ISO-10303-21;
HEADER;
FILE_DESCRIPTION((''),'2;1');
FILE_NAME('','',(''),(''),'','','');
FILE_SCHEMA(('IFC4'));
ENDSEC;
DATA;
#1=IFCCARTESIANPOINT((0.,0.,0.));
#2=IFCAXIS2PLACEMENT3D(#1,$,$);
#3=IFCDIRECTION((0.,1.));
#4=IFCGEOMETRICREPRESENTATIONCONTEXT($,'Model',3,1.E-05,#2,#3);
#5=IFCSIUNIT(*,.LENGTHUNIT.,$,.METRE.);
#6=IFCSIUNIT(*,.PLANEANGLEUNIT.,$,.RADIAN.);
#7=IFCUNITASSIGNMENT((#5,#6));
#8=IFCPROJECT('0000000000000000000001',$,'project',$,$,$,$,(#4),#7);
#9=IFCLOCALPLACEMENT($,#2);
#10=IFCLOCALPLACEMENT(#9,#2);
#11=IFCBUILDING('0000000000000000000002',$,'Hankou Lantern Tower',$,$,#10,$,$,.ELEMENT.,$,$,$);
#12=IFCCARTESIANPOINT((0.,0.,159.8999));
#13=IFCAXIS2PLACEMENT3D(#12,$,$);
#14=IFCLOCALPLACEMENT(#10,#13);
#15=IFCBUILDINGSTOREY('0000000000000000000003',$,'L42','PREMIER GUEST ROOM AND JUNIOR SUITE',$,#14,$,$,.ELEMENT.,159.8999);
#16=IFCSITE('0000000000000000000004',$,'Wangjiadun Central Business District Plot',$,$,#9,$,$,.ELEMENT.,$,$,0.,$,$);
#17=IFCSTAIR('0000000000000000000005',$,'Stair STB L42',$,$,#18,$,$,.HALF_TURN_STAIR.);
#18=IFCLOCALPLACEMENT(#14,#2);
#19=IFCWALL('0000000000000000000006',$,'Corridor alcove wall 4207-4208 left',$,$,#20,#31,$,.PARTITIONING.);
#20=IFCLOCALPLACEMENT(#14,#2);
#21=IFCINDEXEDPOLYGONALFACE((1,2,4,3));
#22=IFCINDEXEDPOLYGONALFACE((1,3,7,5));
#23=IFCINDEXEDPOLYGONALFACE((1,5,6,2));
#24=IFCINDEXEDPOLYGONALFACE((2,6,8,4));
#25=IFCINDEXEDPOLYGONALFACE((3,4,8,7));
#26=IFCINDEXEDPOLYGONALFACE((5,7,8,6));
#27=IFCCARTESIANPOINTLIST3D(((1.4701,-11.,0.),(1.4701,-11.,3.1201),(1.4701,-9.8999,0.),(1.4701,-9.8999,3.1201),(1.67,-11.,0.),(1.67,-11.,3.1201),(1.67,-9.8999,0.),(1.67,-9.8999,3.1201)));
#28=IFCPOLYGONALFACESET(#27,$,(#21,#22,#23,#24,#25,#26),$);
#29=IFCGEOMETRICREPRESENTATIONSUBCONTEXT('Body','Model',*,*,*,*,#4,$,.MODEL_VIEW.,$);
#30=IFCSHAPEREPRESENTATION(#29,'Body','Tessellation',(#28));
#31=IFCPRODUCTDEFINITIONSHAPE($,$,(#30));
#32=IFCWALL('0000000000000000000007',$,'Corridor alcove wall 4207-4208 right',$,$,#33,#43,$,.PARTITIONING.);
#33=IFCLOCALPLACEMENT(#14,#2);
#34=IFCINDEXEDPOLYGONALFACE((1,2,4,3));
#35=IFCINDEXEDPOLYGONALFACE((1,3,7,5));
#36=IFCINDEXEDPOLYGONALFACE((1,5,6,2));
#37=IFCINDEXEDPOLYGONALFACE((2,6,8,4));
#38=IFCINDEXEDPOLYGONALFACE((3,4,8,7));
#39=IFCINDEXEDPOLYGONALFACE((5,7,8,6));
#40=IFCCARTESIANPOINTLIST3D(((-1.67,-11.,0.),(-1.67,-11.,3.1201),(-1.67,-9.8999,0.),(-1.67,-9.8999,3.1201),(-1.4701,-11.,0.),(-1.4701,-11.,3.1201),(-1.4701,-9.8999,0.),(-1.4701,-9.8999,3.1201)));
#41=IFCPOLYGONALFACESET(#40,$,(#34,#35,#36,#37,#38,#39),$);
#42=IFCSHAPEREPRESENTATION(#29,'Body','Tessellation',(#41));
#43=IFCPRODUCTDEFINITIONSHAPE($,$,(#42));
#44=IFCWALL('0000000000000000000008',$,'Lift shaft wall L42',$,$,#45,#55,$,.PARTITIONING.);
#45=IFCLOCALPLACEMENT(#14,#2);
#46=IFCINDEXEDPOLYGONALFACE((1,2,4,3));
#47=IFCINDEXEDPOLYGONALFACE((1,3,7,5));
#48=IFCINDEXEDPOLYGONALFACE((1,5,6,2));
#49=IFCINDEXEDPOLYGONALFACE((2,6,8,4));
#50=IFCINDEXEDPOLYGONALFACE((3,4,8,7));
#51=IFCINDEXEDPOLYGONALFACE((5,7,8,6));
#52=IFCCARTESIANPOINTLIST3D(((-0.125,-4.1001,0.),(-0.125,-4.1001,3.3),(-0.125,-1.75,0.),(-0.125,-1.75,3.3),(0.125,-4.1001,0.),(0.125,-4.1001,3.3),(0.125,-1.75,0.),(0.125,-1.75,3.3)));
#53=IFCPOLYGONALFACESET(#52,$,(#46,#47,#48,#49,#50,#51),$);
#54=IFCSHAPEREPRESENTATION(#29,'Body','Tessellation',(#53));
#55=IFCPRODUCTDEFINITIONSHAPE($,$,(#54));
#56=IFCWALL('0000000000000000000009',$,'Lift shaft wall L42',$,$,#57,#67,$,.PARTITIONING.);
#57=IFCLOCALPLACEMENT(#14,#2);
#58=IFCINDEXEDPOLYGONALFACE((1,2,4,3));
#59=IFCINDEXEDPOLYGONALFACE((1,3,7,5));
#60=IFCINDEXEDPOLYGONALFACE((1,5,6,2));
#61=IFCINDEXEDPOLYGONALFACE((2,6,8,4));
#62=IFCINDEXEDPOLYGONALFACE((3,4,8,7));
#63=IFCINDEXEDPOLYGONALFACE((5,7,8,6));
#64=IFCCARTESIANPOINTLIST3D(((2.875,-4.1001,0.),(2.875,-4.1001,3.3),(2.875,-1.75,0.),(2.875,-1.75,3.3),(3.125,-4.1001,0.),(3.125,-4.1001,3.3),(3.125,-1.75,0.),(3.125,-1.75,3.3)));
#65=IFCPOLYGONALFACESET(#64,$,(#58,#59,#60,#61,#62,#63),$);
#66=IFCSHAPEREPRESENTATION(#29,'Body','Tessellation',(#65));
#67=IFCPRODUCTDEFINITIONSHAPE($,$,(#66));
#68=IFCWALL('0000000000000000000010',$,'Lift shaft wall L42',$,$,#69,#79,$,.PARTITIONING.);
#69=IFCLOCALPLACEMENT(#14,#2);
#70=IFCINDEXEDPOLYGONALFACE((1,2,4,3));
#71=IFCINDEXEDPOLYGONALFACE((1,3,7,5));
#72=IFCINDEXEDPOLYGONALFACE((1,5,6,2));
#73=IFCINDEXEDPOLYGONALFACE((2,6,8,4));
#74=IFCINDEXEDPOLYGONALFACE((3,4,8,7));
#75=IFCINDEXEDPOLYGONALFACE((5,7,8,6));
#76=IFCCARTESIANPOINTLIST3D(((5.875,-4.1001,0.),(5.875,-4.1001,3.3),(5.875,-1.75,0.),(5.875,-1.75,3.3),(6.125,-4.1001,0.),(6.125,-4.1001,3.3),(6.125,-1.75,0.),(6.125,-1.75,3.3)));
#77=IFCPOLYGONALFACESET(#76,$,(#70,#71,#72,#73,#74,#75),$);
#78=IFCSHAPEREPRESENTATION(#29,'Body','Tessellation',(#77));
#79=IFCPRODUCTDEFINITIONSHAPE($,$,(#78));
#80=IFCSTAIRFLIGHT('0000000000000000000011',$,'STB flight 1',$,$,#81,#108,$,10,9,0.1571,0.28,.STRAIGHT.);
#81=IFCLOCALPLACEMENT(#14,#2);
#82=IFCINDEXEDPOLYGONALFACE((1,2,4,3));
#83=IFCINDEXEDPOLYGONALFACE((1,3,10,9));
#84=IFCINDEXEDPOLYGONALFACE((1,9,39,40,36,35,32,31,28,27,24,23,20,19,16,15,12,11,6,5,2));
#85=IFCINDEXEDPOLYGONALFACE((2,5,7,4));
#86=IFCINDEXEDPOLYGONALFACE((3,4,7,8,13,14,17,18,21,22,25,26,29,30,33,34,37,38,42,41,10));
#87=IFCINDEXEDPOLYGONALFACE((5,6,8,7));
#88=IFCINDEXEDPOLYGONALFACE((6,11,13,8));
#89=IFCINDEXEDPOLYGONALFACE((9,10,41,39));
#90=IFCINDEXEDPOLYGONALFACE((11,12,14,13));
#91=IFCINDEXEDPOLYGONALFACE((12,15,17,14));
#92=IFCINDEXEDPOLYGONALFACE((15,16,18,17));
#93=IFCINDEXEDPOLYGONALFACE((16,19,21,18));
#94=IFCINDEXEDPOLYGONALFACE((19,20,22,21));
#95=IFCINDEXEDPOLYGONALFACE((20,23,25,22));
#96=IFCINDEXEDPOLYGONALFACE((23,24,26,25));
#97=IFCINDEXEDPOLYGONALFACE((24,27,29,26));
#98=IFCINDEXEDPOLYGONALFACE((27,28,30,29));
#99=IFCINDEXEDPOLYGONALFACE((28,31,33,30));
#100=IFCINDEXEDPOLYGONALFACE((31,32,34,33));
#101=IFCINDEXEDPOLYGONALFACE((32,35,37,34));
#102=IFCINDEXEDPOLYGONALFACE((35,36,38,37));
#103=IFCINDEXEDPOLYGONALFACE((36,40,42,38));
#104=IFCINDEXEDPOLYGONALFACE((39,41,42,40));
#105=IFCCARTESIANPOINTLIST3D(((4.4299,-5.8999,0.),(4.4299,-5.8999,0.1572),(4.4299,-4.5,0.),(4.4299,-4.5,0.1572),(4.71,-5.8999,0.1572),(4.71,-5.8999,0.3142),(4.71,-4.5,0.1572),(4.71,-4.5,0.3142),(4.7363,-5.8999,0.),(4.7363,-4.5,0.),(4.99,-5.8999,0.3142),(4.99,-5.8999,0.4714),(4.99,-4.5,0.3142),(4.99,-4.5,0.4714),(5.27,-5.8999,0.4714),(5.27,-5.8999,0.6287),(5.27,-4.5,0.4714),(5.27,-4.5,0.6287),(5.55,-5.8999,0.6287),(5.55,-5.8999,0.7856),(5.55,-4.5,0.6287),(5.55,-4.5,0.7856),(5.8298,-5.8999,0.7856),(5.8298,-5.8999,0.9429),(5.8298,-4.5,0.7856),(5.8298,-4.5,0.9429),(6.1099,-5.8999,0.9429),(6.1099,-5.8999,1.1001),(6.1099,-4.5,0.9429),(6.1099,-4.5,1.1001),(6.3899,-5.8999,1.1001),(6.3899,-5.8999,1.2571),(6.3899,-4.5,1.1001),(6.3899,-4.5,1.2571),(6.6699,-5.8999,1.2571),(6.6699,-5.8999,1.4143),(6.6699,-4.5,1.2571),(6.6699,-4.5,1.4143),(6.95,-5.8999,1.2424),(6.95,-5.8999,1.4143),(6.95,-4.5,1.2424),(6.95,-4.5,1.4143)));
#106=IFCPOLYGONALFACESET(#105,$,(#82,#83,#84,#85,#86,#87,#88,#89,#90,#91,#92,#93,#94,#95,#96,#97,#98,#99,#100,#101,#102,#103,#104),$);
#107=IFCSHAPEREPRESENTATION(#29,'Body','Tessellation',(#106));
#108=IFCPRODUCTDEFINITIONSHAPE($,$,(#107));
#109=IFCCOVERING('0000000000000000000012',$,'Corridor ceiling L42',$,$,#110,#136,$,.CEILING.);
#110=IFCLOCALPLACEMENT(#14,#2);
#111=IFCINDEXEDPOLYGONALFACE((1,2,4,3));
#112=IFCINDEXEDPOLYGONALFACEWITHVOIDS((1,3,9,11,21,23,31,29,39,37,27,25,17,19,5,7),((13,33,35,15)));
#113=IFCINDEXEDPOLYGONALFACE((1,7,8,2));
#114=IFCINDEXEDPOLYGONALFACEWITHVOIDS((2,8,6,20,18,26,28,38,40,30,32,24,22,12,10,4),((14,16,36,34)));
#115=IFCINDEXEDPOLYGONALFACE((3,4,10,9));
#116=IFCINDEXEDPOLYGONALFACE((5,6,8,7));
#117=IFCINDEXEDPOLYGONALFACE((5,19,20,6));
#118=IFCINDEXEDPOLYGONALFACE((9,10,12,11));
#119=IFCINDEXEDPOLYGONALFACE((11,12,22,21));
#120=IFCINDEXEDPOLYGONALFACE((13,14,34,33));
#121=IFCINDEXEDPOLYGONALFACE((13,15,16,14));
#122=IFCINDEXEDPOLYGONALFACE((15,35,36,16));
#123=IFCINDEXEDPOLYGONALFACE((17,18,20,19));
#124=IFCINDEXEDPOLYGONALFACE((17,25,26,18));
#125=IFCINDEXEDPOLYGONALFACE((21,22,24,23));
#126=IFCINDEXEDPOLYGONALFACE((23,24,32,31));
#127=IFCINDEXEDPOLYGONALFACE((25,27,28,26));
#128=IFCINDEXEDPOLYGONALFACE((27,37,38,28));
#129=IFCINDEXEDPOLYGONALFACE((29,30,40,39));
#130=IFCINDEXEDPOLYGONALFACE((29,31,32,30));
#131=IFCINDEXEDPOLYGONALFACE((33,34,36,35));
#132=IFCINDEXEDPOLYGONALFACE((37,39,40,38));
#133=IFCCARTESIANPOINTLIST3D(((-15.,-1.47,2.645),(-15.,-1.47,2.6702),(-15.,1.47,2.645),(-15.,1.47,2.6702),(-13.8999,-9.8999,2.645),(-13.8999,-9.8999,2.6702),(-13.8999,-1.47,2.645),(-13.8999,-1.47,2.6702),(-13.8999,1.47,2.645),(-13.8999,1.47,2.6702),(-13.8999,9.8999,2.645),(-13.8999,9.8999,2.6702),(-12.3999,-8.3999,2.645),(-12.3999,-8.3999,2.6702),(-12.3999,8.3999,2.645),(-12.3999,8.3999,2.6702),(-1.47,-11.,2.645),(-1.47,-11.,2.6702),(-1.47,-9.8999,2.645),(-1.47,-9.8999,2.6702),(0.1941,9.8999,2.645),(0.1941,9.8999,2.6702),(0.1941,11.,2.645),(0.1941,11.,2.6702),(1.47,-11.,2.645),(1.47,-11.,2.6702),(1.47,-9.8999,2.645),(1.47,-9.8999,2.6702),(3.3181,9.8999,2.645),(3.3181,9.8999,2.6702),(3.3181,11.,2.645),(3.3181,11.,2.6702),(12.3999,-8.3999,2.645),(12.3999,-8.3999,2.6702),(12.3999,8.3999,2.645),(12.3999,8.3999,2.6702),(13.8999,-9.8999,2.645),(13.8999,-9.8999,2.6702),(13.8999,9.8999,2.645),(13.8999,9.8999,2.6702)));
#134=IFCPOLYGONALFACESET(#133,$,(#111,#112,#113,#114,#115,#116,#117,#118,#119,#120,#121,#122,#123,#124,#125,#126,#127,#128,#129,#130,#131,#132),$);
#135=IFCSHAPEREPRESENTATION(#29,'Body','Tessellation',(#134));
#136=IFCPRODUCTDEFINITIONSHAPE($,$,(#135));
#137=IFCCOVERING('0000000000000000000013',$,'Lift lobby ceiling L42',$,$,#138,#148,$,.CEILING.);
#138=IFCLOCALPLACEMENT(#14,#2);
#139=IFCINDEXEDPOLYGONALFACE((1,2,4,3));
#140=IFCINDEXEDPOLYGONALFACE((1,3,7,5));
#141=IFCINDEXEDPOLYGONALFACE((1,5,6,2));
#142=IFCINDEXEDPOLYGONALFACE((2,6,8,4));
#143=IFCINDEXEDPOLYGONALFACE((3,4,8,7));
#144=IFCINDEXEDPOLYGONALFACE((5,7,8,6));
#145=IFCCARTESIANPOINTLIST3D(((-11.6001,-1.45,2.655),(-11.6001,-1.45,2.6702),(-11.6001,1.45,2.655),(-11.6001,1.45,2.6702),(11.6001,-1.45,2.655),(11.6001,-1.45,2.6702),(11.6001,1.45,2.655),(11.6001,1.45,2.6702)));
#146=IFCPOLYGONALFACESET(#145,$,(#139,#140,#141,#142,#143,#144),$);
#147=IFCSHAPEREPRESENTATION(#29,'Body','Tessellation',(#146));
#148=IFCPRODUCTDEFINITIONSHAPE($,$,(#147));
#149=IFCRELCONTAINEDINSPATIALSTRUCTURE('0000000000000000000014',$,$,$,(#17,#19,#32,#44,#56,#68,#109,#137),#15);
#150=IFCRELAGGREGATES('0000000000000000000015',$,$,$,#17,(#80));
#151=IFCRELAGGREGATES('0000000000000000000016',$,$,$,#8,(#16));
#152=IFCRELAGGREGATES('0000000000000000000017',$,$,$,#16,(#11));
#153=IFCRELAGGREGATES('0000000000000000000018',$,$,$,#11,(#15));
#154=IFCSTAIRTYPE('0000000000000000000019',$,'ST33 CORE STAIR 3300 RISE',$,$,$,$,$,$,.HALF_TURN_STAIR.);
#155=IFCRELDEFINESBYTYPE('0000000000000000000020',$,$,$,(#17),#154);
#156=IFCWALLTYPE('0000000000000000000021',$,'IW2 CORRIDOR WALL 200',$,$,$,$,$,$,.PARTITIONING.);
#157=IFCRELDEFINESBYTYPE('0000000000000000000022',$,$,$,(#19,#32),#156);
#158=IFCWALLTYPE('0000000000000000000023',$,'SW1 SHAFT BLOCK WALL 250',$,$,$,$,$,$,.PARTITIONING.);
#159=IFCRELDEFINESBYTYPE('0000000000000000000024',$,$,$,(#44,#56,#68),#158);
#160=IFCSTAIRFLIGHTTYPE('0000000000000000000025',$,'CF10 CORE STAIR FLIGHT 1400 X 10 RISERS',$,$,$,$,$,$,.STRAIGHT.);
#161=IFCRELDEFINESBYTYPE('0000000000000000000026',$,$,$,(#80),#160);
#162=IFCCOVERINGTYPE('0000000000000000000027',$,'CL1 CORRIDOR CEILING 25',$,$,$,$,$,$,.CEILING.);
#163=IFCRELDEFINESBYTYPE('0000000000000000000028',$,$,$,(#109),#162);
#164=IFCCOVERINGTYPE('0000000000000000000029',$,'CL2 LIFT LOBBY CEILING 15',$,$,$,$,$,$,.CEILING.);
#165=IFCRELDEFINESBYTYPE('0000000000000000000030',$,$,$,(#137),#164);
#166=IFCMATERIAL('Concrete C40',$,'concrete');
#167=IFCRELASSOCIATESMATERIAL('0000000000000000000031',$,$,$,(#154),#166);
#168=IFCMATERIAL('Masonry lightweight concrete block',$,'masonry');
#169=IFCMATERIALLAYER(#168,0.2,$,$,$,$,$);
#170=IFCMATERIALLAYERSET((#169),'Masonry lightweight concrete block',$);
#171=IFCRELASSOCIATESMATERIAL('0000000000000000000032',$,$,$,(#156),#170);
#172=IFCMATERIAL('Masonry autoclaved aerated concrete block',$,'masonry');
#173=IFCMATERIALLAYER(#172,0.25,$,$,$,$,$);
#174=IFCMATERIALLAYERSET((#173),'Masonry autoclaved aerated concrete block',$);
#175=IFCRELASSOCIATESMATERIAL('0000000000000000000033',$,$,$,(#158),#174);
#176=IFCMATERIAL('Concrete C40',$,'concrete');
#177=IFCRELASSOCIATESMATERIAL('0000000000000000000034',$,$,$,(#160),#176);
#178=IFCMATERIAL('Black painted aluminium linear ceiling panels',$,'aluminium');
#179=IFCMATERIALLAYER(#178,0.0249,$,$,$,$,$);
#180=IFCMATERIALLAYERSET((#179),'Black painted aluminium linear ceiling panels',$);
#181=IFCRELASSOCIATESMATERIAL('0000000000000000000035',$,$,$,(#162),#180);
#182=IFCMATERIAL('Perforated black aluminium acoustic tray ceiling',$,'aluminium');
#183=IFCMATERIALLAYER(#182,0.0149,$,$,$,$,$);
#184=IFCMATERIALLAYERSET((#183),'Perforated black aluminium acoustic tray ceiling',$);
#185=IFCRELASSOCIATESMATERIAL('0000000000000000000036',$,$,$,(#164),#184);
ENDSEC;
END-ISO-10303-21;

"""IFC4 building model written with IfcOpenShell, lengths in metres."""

from ifc_helpers import new_model, si_unit, direction, frame, frame_2d, origin, place, context, subcontext, project, spatial, polyline, rectangle, outline, extrude, material, layer, layer_set, type_object, element, aggregate, save


model = new_model("IFC4")

# Units and contexts
model_context = context("Model", 3, precision=1e-05, world=origin(), true_north=direction((0.0, 1.0)))
body_context = subcontext(model_context, "Body", "Model", "MODEL_VIEW")
ifc_project = project(units=[si_unit("LENGTHUNIT", "METRE"), si_unit("PLANEANGLEUNIT", "RADIAN")], contexts=[model_context])

# Site, building, storey
site_placement = place(None, origin())
site = spatial("IfcSite", under=ifc_project, at=site_placement, Name="Wangjiadun Central Business District Plot", CompositionType="ELEMENT", RefElevation=0.0)
building_placement = place(site_placement, origin())
building = spatial("IfcBuilding", under=site, at=building_placement, Name="Hankou Lantern Tower", CompositionType="ELEMENT")
storey_placement = place(building_placement, frame((0.0, 0.0, 159.8999)))
storey = spatial("IfcBuildingStorey", under=building, at=storey_placement, Name="L42", Description="PREMIER GUEST ROOM AND JUNIOR SUITE", CompositionType="ELEMENT", Elevation=159.8999)

# Stair
ifc_material_1 = material(Name="Concrete C40", Category="concrete")
stair_type = type_object("IfcStairType", Name="ST33 CORE STAIR 3300 RISE", PredefinedType="HALF_TURN_STAIR", material=ifc_material_1)
stair_1_placement = place(storey_placement, origin())
stair_1 = element("IfcStair", 1, at=stair_1_placement, inside=storey, type_object=stair_type, Name="Stair STB L42", PredefinedType="HALF_TURN_STAIR")

# Shared definitions
ifc_material_2 = material(Name="Masonry lightweight concrete block", Category="masonry")
ifc_layer_1 = layer(ifc_material_2, 0.2)
ifc_layer_set_1 = layer_set([ifc_layer_1], Name="Masonry lightweight concrete block")
wall_type_1 = type_object("IfcWallType", Name="IW2 CORRIDOR WALL 200", PredefinedType="PARTITIONING", material=ifc_layer_set_1)

# Walls
for number, where, z_axis, x_axis, name in (
    (2, (1.5701, -9.8999, 0.0), (0.0, 0.0, 1.0), (0.0, -1.0, 0.0), "Corridor alcove wall 4207-4208 left"),
    (3, (-1.5701, -9.8999, 0.0), (0.0, 0.0, 1.0), (0.0, -1.0, 0.0), "Corridor alcove wall 4207-4208 right"),
):
    element("IfcWall", number, at=place(storey_placement, frame(where, z_axis=z_axis, x_axis=x_axis)), inside=storey, type_object=wall_type_1, Name=name, PredefinedType="PARTITIONING", context=body_context, shape_type="SweptSolid", body=[
        extrude(rectangle(XDim=1.1001, YDim=0.2, at=frame_2d((0.55, 0.0))), origin(), (0.0, 0.0, 1.0), 3.1201),
    ])
ifc_material_3 = material(Name="Masonry autoclaved aerated concrete block", Category="masonry")
ifc_layer_2 = layer(ifc_material_3, 0.25)
ifc_layer_set_2 = layer_set([ifc_layer_2], Name="Masonry autoclaved aerated concrete block")
wall_type_2 = type_object("IfcWallType", Name="SW1 SHAFT BLOCK WALL 250", PredefinedType="PARTITIONING", material=ifc_layer_set_2)
for number, where, z_axis, x_axis, name in (
    (4, (0.0, -4.1001, 0.0), (0.0, 0.0, 1.0), (0.0, 1.0, 0.0), "Lift shaft wall L42"),
    (5, (3.0, -4.1001, 0.0), (0.0, 0.0, 1.0), (0.0, 1.0, 0.0), "Lift shaft wall L42"),
    (6, (6.0, -4.1001, 0.0), (0.0, 0.0, 1.0), (0.0, 1.0, 0.0), "Lift shaft wall L42"),
):
    element("IfcWall", number, at=place(storey_placement, frame(where, z_axis=z_axis, x_axis=x_axis)), inside=storey, type_object=wall_type_2, Name=name, PredefinedType="PARTITIONING", context=body_context, shape_type="SweptSolid", body=[
        extrude(rectangle(XDim=2.3501, YDim=0.25, at=frame_2d((1.175, 0.0))), origin(), (0.0, 0.0, 1.0), 3.3),
    ])

# Stair flight
ifc_material_4 = material(Name="Concrete C40", Category="concrete")
stair_flight_type = type_object("IfcStairFlightType", Name="CF10 CORE STAIR FLIGHT 1400 X 10 RISERS", PredefinedType="STRAIGHT", material=ifc_material_4)
stair_flight_placement = place(storey_placement, frame((4.4299, -5.2, 0.0), z_axis=(0.0, 0.0, 1.0), x_axis=(1.0, 0.0, 0.0)))
stair_flight = element("IfcStairFlight", 7, at=stair_flight_placement, type_object=stair_flight_type, Name="STB flight 1", NumberOfRisers=10, NumberOfTreads=9, PredefinedType="STRAIGHT", RiserHeight=0.1571, TreadLength=0.28, context=body_context, shape_type="SweptSolid", body=[
    extrude(outline(polyline([(0.0, 0.0), (0.0, 0.1572), (0.28, 0.1572), (0.28, 0.3142), (0.5601, 0.3142), (0.5601, 0.4714), (0.8401, 0.4714), (0.8401, 0.6287), (1.1201, 0.6287), (1.1201, 0.7856), (1.3999, 0.7856), (1.3999, 0.9429), (1.6799, 0.9429), (1.6799, 1.1001), (1.96, 1.1001), (1.96, 1.2571), (2.24, 1.2571), (2.24, 1.4143), (2.52, 1.4143), (2.52, 1.5715), (2.52, 1.2424), (0.3064, 0.0), (0.0, 0.0)])), frame((0.0, 0.7, 0.0), z_axis=(0.0, -1.0, 0.0), x_axis=(1.0, 0.0, 0.0)), (0.0, 0.0, 1.0), 1.3999),
])
aggregate(stair_1, [stair_flight])

# Coverings
ifc_material_5 = material(Name="Black painted aluminium linear ceiling panels", Category="aluminium")
ifc_layer_3 = layer(ifc_material_5, 0.0249)
ifc_layer_set_3 = layer_set([ifc_layer_3], Name="Black painted aluminium linear ceiling panels")
covering_type_1 = type_object("IfcCoveringType", Name="CL1 CORRIDOR CEILING 25", PredefinedType="CEILING", material=ifc_layer_set_3)
covering_1_placement = place(storey_placement, frame((0.0, 0.0, 2.645)))
element("IfcCovering", 8, at=covering_1_placement, inside=storey, type_object=covering_type_1, Name="Corridor ceiling L42", PredefinedType="CEILING", context=body_context, shape_type="SweptSolid", body=[
    extrude(outline(polyline([(1.47, -11.0), (1.47, -9.8999), (13.8999, -9.8999), (13.8999, 9.8999), (3.3181, 9.8999), (3.3181, 11.0), (0.1941, 11.0), (0.1941, 9.8999), (-13.8999, 9.8999), (-13.8999, 1.47), (-15.0, 1.47), (-15.0, -1.47), (-13.8999, -1.47), (-13.8999, -9.8999), (-1.47, -9.8999), (-1.47, -11.0), (1.47, -11.0)]), holes=[polyline([(-12.3999, 8.3999), (12.3999, 8.3999), (12.3999, -8.3999), (-12.3999, -8.3999), (-12.3999, 8.3999)])]), origin(), (0.0, 0.0, 1.0), 0.0251),
])
ifc_material_6 = material(Name="Perforated black aluminium acoustic tray ceiling", Category="aluminium")
ifc_layer_4 = layer(ifc_material_6, 0.0149)
ifc_layer_set_4 = layer_set([ifc_layer_4], Name="Perforated black aluminium acoustic tray ceiling")
covering_type_2 = type_object("IfcCoveringType", Name="CL2 LIFT LOBBY CEILING 15", PredefinedType="CEILING", material=ifc_layer_set_4)
covering_2_placement = place(storey_placement, frame((0.0, 0.0, 2.655)))
element("IfcCovering", 9, at=covering_2_placement, inside=storey, type_object=covering_type_2, Name="Lift lobby ceiling L42", PredefinedType="CEILING", context=body_context, shape_type="SweptSolid", body=[
    extrude(outline(polyline([(-11.6001, -1.45), (11.6001, -1.45), (11.6001, 1.45), (-11.6001, 1.45), (-11.6001, -1.45)])), origin(), (0.0, 0.0, 1.0), 0.0151),
])

save(model, "model.ifc")
